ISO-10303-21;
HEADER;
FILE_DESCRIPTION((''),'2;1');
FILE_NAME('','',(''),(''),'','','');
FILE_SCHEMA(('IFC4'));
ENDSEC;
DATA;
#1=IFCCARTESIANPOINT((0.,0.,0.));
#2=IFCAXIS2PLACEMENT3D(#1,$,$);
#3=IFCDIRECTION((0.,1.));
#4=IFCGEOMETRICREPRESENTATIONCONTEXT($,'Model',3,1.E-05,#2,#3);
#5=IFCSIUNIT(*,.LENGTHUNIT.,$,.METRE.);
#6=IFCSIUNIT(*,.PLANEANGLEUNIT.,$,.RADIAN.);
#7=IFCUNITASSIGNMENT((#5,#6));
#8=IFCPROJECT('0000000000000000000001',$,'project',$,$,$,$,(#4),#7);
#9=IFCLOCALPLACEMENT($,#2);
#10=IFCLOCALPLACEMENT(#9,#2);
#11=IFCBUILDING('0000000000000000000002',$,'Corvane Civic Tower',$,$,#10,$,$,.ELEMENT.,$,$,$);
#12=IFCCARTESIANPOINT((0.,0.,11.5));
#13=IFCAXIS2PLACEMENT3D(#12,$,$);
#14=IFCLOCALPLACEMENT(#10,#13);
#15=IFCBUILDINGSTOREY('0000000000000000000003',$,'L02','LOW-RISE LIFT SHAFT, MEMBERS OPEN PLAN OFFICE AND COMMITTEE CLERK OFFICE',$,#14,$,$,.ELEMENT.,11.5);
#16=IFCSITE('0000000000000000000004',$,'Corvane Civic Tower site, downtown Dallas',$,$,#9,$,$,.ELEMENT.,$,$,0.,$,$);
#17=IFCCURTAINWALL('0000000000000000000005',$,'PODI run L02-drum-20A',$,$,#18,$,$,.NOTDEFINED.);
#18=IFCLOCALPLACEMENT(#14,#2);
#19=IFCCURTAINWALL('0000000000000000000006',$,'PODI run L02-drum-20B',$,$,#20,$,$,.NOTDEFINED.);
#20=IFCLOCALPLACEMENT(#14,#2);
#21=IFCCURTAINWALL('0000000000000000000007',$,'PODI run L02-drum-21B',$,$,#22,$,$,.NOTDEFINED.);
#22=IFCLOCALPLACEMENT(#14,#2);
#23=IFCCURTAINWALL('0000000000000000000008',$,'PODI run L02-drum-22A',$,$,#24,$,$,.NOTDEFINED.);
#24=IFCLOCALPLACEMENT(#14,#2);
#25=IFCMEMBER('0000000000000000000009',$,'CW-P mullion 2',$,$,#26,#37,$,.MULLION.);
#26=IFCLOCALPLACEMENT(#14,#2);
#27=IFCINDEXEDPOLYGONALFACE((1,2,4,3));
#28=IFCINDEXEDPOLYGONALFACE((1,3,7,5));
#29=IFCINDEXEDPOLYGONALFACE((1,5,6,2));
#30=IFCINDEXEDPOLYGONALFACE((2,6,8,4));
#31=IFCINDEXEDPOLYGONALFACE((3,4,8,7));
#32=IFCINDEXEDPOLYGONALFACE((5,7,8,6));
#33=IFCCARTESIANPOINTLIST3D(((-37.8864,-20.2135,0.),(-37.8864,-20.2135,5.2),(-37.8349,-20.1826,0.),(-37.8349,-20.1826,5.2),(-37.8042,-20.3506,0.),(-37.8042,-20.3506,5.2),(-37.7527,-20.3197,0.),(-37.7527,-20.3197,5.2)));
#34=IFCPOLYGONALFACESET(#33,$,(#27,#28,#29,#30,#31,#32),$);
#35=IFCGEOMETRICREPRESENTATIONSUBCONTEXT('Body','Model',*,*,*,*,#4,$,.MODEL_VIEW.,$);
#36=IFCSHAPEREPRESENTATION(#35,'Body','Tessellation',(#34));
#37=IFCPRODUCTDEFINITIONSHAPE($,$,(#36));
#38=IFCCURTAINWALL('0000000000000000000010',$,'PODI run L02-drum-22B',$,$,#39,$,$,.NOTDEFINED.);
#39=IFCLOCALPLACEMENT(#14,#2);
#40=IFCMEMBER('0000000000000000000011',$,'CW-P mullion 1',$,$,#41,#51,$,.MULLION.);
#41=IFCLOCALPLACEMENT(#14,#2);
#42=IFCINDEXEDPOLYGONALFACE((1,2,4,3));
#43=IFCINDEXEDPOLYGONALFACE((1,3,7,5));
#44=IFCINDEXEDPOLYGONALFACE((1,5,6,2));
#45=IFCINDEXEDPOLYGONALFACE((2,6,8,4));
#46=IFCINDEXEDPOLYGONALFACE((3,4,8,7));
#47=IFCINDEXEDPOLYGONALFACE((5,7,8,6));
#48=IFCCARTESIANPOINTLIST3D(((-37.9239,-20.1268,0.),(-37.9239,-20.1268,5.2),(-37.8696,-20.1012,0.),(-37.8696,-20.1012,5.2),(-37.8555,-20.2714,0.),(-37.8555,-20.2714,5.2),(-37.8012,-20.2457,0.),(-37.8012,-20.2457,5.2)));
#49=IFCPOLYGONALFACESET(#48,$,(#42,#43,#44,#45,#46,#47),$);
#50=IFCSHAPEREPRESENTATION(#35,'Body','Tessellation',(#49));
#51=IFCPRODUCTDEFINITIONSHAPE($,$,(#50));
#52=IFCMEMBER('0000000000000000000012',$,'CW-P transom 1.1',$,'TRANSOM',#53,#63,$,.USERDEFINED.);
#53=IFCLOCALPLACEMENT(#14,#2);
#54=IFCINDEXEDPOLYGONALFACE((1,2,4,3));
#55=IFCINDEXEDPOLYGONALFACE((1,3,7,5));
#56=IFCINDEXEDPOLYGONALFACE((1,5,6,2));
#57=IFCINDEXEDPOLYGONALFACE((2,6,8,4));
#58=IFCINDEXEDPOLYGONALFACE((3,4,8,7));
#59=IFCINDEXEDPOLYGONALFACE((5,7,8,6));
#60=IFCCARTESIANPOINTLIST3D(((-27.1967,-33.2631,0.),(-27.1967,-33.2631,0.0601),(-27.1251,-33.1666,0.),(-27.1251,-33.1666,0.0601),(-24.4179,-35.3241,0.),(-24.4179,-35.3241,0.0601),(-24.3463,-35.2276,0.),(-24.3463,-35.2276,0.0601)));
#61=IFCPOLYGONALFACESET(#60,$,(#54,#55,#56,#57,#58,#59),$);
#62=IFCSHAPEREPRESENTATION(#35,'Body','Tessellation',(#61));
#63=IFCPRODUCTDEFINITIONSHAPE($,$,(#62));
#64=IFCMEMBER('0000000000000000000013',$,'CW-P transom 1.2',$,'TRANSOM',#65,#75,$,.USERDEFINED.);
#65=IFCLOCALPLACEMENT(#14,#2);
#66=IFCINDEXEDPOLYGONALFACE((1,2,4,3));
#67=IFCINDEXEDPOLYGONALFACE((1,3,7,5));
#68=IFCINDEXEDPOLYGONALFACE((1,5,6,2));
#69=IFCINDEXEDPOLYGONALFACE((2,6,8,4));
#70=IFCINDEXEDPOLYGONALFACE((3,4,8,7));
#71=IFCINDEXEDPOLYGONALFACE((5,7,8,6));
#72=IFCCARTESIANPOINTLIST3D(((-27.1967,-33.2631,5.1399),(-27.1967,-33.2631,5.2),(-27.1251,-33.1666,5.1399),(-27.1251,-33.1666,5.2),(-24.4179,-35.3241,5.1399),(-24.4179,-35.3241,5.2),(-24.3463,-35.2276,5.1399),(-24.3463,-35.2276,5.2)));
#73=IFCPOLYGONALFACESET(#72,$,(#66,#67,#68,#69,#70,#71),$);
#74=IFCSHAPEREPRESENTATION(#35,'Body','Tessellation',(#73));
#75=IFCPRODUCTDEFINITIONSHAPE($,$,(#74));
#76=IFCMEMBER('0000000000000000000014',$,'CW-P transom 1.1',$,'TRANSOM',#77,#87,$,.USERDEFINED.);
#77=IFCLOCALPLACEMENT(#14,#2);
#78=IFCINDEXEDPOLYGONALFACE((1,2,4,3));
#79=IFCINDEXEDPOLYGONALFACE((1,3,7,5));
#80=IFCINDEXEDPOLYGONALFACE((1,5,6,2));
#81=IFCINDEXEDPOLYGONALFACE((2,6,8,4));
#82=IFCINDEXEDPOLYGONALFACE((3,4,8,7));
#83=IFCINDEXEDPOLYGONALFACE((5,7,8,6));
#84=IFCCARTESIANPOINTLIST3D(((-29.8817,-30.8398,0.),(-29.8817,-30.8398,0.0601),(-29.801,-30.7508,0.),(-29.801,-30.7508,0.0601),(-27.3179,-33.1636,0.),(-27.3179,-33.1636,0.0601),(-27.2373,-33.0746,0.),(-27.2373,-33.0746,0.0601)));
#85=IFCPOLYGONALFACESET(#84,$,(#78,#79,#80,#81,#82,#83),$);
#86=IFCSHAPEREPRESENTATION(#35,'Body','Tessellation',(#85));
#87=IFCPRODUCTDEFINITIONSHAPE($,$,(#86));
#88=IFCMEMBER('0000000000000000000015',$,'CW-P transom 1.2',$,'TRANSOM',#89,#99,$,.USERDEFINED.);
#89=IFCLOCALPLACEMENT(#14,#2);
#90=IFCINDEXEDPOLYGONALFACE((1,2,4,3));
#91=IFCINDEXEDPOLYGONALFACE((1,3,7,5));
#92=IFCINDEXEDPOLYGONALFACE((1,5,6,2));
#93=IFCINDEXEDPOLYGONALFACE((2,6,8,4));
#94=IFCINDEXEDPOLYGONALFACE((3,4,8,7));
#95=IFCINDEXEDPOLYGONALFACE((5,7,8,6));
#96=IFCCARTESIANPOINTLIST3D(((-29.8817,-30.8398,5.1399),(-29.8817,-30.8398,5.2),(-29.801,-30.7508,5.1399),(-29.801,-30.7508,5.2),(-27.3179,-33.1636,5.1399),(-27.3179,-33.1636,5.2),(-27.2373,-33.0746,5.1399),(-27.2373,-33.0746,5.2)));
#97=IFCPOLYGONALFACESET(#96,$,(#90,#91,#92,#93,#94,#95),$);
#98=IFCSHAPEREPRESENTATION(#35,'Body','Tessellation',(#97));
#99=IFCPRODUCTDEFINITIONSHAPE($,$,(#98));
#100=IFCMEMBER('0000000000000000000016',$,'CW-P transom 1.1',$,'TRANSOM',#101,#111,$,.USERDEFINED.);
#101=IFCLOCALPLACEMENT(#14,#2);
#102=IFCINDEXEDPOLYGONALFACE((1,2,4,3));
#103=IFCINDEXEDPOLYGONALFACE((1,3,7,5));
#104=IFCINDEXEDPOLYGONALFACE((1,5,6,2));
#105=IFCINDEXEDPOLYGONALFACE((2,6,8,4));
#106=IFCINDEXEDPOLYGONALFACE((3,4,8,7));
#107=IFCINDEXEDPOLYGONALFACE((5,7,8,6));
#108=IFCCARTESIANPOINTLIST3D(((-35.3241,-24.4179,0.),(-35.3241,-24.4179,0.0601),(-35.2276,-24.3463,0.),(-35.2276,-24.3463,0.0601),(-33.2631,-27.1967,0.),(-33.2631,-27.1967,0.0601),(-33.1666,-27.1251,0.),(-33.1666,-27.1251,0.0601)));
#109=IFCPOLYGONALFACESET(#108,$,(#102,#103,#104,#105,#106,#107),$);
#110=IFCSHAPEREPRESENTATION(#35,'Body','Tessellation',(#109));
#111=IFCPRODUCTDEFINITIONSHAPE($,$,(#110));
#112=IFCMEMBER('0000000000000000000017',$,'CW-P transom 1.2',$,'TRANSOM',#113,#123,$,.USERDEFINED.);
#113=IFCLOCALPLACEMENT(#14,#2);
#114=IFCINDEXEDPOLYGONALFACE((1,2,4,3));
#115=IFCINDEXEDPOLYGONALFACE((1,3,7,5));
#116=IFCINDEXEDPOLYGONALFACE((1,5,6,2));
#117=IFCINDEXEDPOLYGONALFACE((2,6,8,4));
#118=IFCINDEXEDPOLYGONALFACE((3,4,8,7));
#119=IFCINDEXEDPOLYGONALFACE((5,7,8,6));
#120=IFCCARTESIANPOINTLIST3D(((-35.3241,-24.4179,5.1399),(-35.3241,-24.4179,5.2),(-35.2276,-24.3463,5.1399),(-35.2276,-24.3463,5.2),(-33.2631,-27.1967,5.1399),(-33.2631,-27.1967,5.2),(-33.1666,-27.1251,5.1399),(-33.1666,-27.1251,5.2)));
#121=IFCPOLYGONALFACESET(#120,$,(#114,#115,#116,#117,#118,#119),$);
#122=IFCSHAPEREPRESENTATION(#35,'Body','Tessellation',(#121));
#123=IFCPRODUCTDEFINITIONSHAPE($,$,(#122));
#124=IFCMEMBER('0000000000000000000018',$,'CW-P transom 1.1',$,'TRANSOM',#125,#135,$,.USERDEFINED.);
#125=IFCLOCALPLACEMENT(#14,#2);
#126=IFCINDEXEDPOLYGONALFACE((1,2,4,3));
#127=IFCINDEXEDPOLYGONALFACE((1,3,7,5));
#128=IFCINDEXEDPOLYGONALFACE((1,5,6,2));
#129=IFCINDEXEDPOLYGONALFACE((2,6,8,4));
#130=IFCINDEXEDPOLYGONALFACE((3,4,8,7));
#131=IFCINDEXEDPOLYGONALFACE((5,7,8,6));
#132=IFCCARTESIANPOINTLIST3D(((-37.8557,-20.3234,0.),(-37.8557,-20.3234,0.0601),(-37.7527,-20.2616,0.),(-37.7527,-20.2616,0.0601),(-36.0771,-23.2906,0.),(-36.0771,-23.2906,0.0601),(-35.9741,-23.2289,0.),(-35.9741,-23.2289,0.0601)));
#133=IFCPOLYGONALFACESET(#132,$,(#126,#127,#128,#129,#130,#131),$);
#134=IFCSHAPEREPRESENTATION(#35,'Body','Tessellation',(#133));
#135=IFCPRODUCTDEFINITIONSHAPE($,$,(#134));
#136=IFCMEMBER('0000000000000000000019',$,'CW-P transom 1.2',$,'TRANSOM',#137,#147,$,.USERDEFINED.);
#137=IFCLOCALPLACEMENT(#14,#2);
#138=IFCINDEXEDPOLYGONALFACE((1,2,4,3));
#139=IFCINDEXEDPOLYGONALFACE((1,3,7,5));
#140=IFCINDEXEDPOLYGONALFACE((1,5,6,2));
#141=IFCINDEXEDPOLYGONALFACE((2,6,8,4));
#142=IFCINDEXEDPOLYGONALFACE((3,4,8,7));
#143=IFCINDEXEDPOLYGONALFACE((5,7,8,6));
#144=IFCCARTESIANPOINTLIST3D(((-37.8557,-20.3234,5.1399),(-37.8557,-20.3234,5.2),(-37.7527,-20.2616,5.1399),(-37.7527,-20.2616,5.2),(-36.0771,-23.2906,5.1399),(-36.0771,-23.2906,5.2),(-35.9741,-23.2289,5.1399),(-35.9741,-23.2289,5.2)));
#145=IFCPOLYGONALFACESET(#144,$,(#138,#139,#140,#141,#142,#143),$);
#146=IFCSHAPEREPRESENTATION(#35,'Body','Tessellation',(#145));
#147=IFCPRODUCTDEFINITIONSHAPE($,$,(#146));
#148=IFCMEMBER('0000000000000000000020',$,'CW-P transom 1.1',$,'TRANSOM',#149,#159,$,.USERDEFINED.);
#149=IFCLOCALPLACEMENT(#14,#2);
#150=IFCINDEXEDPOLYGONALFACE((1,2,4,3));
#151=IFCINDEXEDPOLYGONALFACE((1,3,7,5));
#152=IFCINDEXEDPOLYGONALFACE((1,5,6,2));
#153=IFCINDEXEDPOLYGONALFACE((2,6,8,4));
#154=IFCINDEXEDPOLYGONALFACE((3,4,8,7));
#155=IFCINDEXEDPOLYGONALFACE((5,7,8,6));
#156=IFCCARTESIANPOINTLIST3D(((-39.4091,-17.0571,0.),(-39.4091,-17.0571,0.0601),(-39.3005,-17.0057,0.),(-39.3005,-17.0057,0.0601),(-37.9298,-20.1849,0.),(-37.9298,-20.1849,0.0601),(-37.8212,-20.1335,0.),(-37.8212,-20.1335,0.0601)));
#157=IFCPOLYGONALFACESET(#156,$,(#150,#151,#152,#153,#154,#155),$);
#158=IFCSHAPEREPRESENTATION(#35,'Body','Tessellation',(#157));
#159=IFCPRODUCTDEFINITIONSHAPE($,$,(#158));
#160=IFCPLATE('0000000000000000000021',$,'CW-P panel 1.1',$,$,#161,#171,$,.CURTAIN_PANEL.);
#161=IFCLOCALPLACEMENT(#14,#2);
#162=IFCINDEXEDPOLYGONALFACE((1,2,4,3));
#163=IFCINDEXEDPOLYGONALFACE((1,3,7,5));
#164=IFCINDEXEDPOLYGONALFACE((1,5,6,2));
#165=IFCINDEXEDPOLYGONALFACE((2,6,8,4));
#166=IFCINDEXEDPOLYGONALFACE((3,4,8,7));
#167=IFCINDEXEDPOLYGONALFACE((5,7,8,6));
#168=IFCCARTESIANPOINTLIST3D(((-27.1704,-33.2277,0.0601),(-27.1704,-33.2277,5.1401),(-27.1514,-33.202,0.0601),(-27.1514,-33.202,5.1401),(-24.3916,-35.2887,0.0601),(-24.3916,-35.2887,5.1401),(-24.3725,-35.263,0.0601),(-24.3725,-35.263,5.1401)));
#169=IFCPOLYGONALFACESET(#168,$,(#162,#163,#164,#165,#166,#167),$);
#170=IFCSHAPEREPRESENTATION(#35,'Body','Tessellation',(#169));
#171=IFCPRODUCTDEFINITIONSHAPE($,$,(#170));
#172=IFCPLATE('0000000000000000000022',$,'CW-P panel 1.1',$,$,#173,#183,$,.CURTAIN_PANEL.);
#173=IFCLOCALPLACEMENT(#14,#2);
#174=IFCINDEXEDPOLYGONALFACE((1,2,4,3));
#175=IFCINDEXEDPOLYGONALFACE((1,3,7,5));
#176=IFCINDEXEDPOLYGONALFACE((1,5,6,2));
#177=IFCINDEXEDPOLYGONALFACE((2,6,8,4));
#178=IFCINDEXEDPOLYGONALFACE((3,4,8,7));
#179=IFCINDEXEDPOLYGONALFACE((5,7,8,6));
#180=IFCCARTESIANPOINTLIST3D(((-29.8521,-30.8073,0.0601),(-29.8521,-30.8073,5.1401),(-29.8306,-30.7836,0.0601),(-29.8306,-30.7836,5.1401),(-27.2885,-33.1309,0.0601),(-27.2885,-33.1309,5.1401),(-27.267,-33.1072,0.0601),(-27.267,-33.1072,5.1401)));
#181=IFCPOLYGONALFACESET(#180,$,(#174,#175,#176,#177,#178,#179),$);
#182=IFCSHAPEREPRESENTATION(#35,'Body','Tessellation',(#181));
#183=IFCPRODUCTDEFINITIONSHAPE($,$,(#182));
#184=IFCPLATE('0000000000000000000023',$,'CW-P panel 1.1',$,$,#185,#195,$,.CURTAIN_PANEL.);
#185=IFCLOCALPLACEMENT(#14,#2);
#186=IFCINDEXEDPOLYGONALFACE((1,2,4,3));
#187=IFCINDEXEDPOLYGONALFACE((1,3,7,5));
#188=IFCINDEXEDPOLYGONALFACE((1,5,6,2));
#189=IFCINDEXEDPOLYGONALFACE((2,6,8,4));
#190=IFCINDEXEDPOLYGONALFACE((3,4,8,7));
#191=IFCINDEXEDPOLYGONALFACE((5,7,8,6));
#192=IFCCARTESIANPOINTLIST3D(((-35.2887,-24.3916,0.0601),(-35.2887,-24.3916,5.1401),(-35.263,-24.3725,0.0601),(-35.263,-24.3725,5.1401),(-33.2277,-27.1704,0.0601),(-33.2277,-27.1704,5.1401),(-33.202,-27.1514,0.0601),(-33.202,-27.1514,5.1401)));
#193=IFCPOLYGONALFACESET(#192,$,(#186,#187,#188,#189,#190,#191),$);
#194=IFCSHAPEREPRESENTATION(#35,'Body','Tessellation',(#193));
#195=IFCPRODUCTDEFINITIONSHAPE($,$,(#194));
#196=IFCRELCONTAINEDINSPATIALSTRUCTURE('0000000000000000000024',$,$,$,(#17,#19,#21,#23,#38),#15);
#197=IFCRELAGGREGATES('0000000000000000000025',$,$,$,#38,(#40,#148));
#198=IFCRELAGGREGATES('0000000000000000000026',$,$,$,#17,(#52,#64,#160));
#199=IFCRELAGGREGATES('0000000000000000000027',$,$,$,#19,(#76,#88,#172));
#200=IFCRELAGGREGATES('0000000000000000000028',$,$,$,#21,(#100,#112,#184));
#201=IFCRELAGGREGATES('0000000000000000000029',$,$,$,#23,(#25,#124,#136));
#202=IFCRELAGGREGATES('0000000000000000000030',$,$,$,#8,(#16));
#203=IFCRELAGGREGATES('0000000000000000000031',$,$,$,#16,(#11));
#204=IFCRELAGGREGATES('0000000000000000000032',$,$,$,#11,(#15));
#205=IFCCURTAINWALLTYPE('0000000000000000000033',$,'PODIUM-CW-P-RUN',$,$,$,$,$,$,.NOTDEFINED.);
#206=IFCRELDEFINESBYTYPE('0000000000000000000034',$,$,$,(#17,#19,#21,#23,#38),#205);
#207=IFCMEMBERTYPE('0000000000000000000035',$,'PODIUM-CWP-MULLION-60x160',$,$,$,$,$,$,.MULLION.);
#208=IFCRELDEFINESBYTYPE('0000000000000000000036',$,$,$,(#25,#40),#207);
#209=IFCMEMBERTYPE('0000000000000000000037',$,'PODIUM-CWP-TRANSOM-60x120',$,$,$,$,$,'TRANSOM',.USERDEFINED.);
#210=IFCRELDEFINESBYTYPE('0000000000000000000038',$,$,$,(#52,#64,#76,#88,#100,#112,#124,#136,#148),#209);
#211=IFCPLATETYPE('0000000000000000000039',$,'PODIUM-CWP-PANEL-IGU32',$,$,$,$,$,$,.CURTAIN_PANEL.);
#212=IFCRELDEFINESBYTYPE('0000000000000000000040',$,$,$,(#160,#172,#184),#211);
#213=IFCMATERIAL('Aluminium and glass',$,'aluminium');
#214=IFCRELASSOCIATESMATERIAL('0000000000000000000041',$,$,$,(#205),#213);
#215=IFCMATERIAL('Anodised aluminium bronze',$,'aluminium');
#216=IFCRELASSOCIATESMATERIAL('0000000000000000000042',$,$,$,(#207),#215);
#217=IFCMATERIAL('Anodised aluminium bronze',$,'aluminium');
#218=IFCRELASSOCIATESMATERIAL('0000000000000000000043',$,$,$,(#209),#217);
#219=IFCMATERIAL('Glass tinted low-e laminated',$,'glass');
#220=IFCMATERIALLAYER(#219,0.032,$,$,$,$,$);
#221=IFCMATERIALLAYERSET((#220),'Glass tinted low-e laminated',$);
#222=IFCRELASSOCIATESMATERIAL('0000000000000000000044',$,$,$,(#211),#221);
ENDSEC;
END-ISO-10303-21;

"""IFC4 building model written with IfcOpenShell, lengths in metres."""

from ifc_helpers import new_model, si_unit, direction, frame, origin, origin_2d, place, context, subcontext, project, spatial, rectangle, extrude, material, layer, layer_set, material_profile, profile_set, type_object, element, aggregate, save


model = new_model("IFC4")

# Units and contexts
model_context = context("Model", 3, precision=1e-05, world=origin(), true_north=direction((0.0, 1.0)))
body_context = subcontext(model_context, "Body", "Model", "MODEL_VIEW")
ifc_project = project(units=[si_unit("LENGTHUNIT", "METRE"), si_unit("PLANEANGLEUNIT", "RADIAN")], contexts=[model_context])

# Site, building, storey
site_placement = place(None, origin())
site = spatial("IfcSite", under=ifc_project, at=site_placement, Name="Corvane Civic Tower site, downtown Dallas", CompositionType="ELEMENT", RefElevation=0.0)
building_placement = place(site_placement, origin())
building = spatial("IfcBuilding", under=site, at=building_placement, Name="Corvane Civic Tower", CompositionType="ELEMENT")
storey_placement = place(building_placement, frame((0.0, 0.0, 11.5)))
storey = spatial("IfcBuildingStorey", under=building, at=storey_placement, Name="L02", Description="LOW-RISE LIFT SHAFT, MEMBERS OPEN PLAN OFFICE AND COMMITTEE CLERK OFFICE", CompositionType="ELEMENT", Elevation=11.5)

# Curtain walls, member
ifc_material_1 = material(Name="Aluminium and glass", Category="aluminium")
curtain_wall_type = type_object("IfcCurtainWallType", Name="PODIUM-CW-P-RUN", PredefinedType="NOTDEFINED", material=ifc_material_1)
curtain_wall_1_placement = place(storey_placement, origin())
curtain_wall_1 = element("IfcCurtainWall", 1, at=curtain_wall_1_placement, inside=storey, type_object=curtain_wall_type, Name="PODI run L02-drum-20A", PredefinedType="NOTDEFINED")
ifc_material_2 = material(Name="Anodised aluminium bronze", Category="aluminium")
ifc_material_profile_1 = material_profile(ifc_material_2, rectangle(XDim=0.0601, YDim=0.1599, at=origin_2d()), Name="AL 60x160")
ifc_profile_set_1 = profile_set([ifc_material_profile_1], Name="Anodised aluminium bronze")
member_type_1 = type_object("IfcMemberType", Name="PODIUM-CWP-MULLION-60x160", PredefinedType="MULLION", material=ifc_profile_set_1)
curtain_wall_2_placement = place(storey_placement, origin())
curtain_wall_2 = element("IfcCurtainWall", 2, at=curtain_wall_2_placement, inside=storey, type_object=curtain_wall_type, Name="PODI run L02-drum-20B", PredefinedType="NOTDEFINED")
curtain_wall_3_placement = place(storey_placement, origin())
curtain_wall_3 = element("IfcCurtainWall", 3, at=curtain_wall_3_placement, inside=storey, type_object=curtain_wall_type, Name="PODI run L02-drum-21B", PredefinedType="NOTDEFINED")
curtain_wall_4_placement = place(storey_placement, origin())
curtain_wall_4 = element("IfcCurtainWall", 4, at=curtain_wall_4_placement, inside=storey, type_object=curtain_wall_type, Name="PODI run L02-drum-22A", PredefinedType="NOTDEFINED")
member_1_placement = place(storey_placement, frame((-37.8196, -20.2666, 0.0), z_axis=(0.0, 0.0, 1.0), x_axis=(-0.85772, -0.514118, 0.0)))
member_1 = element("IfcMember", 5, at=member_1_placement, type_object=member_type_1, Name="CW-P mullion 2", PredefinedType="MULLION", context=body_context, shape_type="SweptSolid", body=[
    extrude(rectangle(XDim=0.0601, YDim=0.1599, at=origin_2d()), origin(), (0.0, 0.0, 1.0), 5.2),
])

# Curtain wall, member
curtain_wall_5_placement = place(storey_placement, origin())
curtain_wall_5 = element("IfcCurtainWall", 6, at=curtain_wall_5_placement, inside=storey, type_object=curtain_wall_type, Name="PODI run L02-drum-22B", PredefinedType="NOTDEFINED")
member_2_placement = place(storey_placement, frame((-37.8625, -20.1863, 0.0), z_axis=(0.0, 0.0, 1.0), x_axis=(-0.90399, -0.427553, 0.0)))
member_2 = element("IfcMember", 7, at=member_2_placement, type_object=member_type_1, Name="CW-P mullion 1", PredefinedType="MULLION", context=body_context, shape_type="SweptSolid", body=[
    extrude(rectangle(XDim=0.0601, YDim=0.1599, at=origin_2d()), origin(), (0.0, 0.0, 1.0), 5.2),
])

# Members
ifc_material_3 = material(Name="Anodised aluminium bronze", Category="aluminium")
ifc_material_profile_2 = material_profile(ifc_material_3, rectangle(XDim=0.1201, YDim=0.0601, at=origin_2d()), Name="AL 120x60")
ifc_profile_set_2 = profile_set([ifc_material_profile_2], Name="Anodised aluminium bronze")
member_type_2 = type_object("IfcMemberType", Name="PODIUM-CWP-TRANSOM-60x120", ElementType="TRANSOM", PredefinedType="USERDEFINED", material=ifc_profile_set_2)
member_3_placement = place(storey_placement, frame((-24.3821, -35.2759, 0.03), z_axis=(-0.80319, 0.595724, 0.0), x_axis=(-0.595724, -0.80319, 0.0)))
member_3 = element("IfcMember", 8, at=member_3_placement, type_object=member_type_2, Name="CW-P transom 1.1", ObjectType="TRANSOM", PredefinedType="USERDEFINED", context=body_context, shape_type="SweptSolid", body=[
    extrude(rectangle(XDim=0.1201, YDim=0.0601, at=origin_2d()), origin(), (0.0, 0.0, 1.0), 3.4597),
])
member_4_placement = place(storey_placement, frame((-24.3821, -35.2759, 5.1699), z_axis=(-0.80319, 0.595724, 0.0), x_axis=(-0.595724, -0.80319, 0.0)))
member_4 = element("IfcMember", 9, at=member_4_placement, type_object=member_type_2, Name="CW-P transom 1.2", ObjectType="TRANSOM", PredefinedType="USERDEFINED", context=body_context, shape_type="SweptSolid", body=[
    extrude(rectangle(XDim=0.1201, YDim=0.0601, at=origin_2d()), origin(), (0.0, 0.0, 1.0), 3.4597),
])
member_5_placement = place(storey_placement, frame((-27.2776, -33.1191, 0.03), z_axis=(-0.740935, 0.671576, 0.0), x_axis=(-0.671576, -0.740935, 0.0)))
member_5 = element("IfcMember", 10, at=member_5_placement, type_object=member_type_2, Name="CW-P transom 1.1", ObjectType="TRANSOM", PredefinedType="USERDEFINED", context=body_context, shape_type="SweptSolid", body=[
    extrude(rectangle(XDim=0.1201, YDim=0.0601, at=origin_2d()), origin(), (0.0, 0.0, 1.0), 3.4602),
])
member_6_placement = place(storey_placement, frame((-27.2776, -33.1191, 5.1699), z_axis=(-0.740935, 0.671576, 0.0), x_axis=(-0.671576, -0.740935, 0.0)))
member_6 = element("IfcMember", 11, at=member_6_placement, type_object=member_type_2, Name="CW-P transom 1.2", ObjectType="TRANSOM", PredefinedType="USERDEFINED", context=body_context, shape_type="SweptSolid", body=[
    extrude(rectangle(XDim=0.1201, YDim=0.0601, at=origin_2d()), origin(), (0.0, 0.0, 1.0), 3.4602),
])
member_7_placement = place(storey_placement, frame((-33.2148, -27.1609, 0.03), z_axis=(-0.595724, 0.80319, 0.0), x_axis=(-0.80319, -0.595724, 0.0)))
member_7 = element("IfcMember", 12, at=member_7_placement, type_object=member_type_2, Name="CW-P transom 1.1", ObjectType="TRANSOM", PredefinedType="USERDEFINED", context=body_context, shape_type="SweptSolid", body=[
    extrude(rectangle(XDim=0.1201, YDim=0.0601, at=origin_2d()), origin(), (0.0, 0.0, 1.0), 3.4597),
])
member_8_placement = place(storey_placement, frame((-33.2148, -27.1609, 5.1699), z_axis=(-0.595724, 0.80319, 0.0), x_axis=(-0.80319, -0.595724, 0.0)))
member_8 = element("IfcMember", 13, at=member_8_placement, type_object=member_type_2, Name="CW-P transom 1.2", ObjectType="TRANSOM", PredefinedType="USERDEFINED", context=body_context, shape_type="SweptSolid", body=[
    extrude(rectangle(XDim=0.1201, YDim=0.0601, at=origin_2d()), origin(), (0.0, 0.0, 1.0), 3.4597),
])
member_9_placement = place(storey_placement, frame((-36.0256, -23.2598, 0.03), z_axis=(-0.514112, 0.857723, 0.0), x_axis=(-0.857723, -0.514112, 0.0)))
member_9 = element("IfcMember", 14, at=member_9_placement, type_object=member_type_2, Name="CW-P transom 1.1", ObjectType="TRANSOM", PredefinedType="USERDEFINED", context=body_context, shape_type="SweptSolid", body=[
    extrude(rectangle(XDim=0.1201, YDim=0.0601, at=origin_2d()), origin(), (0.0, 0.0, 1.0), 3.4595),
])
member_10_placement = place(storey_placement, frame((-36.0256, -23.2598, 5.1699), z_axis=(-0.514112, 0.857723, 0.0), x_axis=(-0.857723, -0.514112, 0.0)))
member_10 = element("IfcMember", 15, at=member_10_placement, type_object=member_type_2, Name="CW-P transom 1.2", ObjectType="TRANSOM", PredefinedType="USERDEFINED", context=body_context, shape_type="SweptSolid", body=[
    extrude(rectangle(XDim=0.1201, YDim=0.0601, at=origin_2d()), origin(), (0.0, 0.0, 1.0), 3.4595),
])
member_11_placement = place(storey_placement, frame((-37.8755, -20.1592, 0.03), z_axis=(-0.427546, 0.903993, 0.0), x_axis=(-0.903993, -0.427546, 0.0)))
member_11 = element("IfcMember", 16, at=member_11_placement, type_object=member_type_2, Name="CW-P transom 1.1", ObjectType="TRANSOM", PredefinedType="USERDEFINED", context=body_context, shape_type="SweptSolid", body=[
    extrude(rectangle(XDim=0.1201, YDim=0.0601, at=origin_2d()), origin(), (0.0, 0.0, 1.0), 3.46),
])
aggregate(curtain_wall_5, [member_2, member_11])

# Plates
ifc_material_4 = material(Name="Glass tinted low-e laminated", Category="glass")
ifc_layer_1 = layer(ifc_material_4, 0.032)
ifc_layer_set_1 = layer_set([ifc_layer_1], Name="Glass tinted low-e laminated")
plate_type = type_object("IfcPlateType", Name="PODIUM-CWP-PANEL-IGU32", PredefinedType="CURTAIN_PANEL", material=ifc_layer_set_1)
plate_1_placement = place(storey_placement, frame((-25.7715, -34.2454, 0.0601), z_axis=(0.0, 0.0, 1.0), x_axis=(-0.803203, 0.595705, 0.0)))
plate_1 = element("IfcPlate", 17, at=plate_1_placement, type_object=plate_type, Name="CW-P panel 1.1", PredefinedType="CURTAIN_PANEL", context=body_context, shape_type="SweptSolid", body=[
    extrude(rectangle(XDim=3.4597, YDim=0.032, at=origin_2d()), origin(), (0.0, 0.0, 1.0), 5.0801),
])
aggregate(curtain_wall_1, [member_3, member_4, plate_1])
plate_2_placement = place(storey_placement, frame((-28.5596, -31.9573, 0.0601), z_axis=(0.0, 0.0, 1.0), x_axis=(-0.740935, 0.671576, 0.0)))
plate_2 = element("IfcPlate", 18, at=plate_2_placement, type_object=plate_type, Name="CW-P panel 1.1", PredefinedType="CURTAIN_PANEL", context=body_context, shape_type="SweptSolid", body=[
    extrude(rectangle(XDim=3.46, YDim=0.032, at=origin_2d()), origin(), (0.0, 0.0, 1.0), 5.0801),
])
aggregate(curtain_wall_2, [member_5, member_6, plate_2])
plate_3_placement = place(storey_placement, frame((-34.2454, -25.7715, 0.0601), z_axis=(0.0, 0.0, 1.0), x_axis=(-0.595705, 0.803203, 0.0)))
plate_3 = element("IfcPlate", 19, at=plate_3_placement, type_object=plate_type, Name="CW-P panel 1.1", PredefinedType="CURTAIN_PANEL", context=body_context, shape_type="SweptSolid", body=[
    extrude(rectangle(XDim=3.4597, YDim=0.032, at=origin_2d()), origin(), (0.0, 0.0, 1.0), 5.0801),
])
aggregate(curtain_wall_3, [member_7, member_8, plate_3])
aggregate(curtain_wall_4, [member_1, member_9, member_10])

save(model, "model.ifc")
